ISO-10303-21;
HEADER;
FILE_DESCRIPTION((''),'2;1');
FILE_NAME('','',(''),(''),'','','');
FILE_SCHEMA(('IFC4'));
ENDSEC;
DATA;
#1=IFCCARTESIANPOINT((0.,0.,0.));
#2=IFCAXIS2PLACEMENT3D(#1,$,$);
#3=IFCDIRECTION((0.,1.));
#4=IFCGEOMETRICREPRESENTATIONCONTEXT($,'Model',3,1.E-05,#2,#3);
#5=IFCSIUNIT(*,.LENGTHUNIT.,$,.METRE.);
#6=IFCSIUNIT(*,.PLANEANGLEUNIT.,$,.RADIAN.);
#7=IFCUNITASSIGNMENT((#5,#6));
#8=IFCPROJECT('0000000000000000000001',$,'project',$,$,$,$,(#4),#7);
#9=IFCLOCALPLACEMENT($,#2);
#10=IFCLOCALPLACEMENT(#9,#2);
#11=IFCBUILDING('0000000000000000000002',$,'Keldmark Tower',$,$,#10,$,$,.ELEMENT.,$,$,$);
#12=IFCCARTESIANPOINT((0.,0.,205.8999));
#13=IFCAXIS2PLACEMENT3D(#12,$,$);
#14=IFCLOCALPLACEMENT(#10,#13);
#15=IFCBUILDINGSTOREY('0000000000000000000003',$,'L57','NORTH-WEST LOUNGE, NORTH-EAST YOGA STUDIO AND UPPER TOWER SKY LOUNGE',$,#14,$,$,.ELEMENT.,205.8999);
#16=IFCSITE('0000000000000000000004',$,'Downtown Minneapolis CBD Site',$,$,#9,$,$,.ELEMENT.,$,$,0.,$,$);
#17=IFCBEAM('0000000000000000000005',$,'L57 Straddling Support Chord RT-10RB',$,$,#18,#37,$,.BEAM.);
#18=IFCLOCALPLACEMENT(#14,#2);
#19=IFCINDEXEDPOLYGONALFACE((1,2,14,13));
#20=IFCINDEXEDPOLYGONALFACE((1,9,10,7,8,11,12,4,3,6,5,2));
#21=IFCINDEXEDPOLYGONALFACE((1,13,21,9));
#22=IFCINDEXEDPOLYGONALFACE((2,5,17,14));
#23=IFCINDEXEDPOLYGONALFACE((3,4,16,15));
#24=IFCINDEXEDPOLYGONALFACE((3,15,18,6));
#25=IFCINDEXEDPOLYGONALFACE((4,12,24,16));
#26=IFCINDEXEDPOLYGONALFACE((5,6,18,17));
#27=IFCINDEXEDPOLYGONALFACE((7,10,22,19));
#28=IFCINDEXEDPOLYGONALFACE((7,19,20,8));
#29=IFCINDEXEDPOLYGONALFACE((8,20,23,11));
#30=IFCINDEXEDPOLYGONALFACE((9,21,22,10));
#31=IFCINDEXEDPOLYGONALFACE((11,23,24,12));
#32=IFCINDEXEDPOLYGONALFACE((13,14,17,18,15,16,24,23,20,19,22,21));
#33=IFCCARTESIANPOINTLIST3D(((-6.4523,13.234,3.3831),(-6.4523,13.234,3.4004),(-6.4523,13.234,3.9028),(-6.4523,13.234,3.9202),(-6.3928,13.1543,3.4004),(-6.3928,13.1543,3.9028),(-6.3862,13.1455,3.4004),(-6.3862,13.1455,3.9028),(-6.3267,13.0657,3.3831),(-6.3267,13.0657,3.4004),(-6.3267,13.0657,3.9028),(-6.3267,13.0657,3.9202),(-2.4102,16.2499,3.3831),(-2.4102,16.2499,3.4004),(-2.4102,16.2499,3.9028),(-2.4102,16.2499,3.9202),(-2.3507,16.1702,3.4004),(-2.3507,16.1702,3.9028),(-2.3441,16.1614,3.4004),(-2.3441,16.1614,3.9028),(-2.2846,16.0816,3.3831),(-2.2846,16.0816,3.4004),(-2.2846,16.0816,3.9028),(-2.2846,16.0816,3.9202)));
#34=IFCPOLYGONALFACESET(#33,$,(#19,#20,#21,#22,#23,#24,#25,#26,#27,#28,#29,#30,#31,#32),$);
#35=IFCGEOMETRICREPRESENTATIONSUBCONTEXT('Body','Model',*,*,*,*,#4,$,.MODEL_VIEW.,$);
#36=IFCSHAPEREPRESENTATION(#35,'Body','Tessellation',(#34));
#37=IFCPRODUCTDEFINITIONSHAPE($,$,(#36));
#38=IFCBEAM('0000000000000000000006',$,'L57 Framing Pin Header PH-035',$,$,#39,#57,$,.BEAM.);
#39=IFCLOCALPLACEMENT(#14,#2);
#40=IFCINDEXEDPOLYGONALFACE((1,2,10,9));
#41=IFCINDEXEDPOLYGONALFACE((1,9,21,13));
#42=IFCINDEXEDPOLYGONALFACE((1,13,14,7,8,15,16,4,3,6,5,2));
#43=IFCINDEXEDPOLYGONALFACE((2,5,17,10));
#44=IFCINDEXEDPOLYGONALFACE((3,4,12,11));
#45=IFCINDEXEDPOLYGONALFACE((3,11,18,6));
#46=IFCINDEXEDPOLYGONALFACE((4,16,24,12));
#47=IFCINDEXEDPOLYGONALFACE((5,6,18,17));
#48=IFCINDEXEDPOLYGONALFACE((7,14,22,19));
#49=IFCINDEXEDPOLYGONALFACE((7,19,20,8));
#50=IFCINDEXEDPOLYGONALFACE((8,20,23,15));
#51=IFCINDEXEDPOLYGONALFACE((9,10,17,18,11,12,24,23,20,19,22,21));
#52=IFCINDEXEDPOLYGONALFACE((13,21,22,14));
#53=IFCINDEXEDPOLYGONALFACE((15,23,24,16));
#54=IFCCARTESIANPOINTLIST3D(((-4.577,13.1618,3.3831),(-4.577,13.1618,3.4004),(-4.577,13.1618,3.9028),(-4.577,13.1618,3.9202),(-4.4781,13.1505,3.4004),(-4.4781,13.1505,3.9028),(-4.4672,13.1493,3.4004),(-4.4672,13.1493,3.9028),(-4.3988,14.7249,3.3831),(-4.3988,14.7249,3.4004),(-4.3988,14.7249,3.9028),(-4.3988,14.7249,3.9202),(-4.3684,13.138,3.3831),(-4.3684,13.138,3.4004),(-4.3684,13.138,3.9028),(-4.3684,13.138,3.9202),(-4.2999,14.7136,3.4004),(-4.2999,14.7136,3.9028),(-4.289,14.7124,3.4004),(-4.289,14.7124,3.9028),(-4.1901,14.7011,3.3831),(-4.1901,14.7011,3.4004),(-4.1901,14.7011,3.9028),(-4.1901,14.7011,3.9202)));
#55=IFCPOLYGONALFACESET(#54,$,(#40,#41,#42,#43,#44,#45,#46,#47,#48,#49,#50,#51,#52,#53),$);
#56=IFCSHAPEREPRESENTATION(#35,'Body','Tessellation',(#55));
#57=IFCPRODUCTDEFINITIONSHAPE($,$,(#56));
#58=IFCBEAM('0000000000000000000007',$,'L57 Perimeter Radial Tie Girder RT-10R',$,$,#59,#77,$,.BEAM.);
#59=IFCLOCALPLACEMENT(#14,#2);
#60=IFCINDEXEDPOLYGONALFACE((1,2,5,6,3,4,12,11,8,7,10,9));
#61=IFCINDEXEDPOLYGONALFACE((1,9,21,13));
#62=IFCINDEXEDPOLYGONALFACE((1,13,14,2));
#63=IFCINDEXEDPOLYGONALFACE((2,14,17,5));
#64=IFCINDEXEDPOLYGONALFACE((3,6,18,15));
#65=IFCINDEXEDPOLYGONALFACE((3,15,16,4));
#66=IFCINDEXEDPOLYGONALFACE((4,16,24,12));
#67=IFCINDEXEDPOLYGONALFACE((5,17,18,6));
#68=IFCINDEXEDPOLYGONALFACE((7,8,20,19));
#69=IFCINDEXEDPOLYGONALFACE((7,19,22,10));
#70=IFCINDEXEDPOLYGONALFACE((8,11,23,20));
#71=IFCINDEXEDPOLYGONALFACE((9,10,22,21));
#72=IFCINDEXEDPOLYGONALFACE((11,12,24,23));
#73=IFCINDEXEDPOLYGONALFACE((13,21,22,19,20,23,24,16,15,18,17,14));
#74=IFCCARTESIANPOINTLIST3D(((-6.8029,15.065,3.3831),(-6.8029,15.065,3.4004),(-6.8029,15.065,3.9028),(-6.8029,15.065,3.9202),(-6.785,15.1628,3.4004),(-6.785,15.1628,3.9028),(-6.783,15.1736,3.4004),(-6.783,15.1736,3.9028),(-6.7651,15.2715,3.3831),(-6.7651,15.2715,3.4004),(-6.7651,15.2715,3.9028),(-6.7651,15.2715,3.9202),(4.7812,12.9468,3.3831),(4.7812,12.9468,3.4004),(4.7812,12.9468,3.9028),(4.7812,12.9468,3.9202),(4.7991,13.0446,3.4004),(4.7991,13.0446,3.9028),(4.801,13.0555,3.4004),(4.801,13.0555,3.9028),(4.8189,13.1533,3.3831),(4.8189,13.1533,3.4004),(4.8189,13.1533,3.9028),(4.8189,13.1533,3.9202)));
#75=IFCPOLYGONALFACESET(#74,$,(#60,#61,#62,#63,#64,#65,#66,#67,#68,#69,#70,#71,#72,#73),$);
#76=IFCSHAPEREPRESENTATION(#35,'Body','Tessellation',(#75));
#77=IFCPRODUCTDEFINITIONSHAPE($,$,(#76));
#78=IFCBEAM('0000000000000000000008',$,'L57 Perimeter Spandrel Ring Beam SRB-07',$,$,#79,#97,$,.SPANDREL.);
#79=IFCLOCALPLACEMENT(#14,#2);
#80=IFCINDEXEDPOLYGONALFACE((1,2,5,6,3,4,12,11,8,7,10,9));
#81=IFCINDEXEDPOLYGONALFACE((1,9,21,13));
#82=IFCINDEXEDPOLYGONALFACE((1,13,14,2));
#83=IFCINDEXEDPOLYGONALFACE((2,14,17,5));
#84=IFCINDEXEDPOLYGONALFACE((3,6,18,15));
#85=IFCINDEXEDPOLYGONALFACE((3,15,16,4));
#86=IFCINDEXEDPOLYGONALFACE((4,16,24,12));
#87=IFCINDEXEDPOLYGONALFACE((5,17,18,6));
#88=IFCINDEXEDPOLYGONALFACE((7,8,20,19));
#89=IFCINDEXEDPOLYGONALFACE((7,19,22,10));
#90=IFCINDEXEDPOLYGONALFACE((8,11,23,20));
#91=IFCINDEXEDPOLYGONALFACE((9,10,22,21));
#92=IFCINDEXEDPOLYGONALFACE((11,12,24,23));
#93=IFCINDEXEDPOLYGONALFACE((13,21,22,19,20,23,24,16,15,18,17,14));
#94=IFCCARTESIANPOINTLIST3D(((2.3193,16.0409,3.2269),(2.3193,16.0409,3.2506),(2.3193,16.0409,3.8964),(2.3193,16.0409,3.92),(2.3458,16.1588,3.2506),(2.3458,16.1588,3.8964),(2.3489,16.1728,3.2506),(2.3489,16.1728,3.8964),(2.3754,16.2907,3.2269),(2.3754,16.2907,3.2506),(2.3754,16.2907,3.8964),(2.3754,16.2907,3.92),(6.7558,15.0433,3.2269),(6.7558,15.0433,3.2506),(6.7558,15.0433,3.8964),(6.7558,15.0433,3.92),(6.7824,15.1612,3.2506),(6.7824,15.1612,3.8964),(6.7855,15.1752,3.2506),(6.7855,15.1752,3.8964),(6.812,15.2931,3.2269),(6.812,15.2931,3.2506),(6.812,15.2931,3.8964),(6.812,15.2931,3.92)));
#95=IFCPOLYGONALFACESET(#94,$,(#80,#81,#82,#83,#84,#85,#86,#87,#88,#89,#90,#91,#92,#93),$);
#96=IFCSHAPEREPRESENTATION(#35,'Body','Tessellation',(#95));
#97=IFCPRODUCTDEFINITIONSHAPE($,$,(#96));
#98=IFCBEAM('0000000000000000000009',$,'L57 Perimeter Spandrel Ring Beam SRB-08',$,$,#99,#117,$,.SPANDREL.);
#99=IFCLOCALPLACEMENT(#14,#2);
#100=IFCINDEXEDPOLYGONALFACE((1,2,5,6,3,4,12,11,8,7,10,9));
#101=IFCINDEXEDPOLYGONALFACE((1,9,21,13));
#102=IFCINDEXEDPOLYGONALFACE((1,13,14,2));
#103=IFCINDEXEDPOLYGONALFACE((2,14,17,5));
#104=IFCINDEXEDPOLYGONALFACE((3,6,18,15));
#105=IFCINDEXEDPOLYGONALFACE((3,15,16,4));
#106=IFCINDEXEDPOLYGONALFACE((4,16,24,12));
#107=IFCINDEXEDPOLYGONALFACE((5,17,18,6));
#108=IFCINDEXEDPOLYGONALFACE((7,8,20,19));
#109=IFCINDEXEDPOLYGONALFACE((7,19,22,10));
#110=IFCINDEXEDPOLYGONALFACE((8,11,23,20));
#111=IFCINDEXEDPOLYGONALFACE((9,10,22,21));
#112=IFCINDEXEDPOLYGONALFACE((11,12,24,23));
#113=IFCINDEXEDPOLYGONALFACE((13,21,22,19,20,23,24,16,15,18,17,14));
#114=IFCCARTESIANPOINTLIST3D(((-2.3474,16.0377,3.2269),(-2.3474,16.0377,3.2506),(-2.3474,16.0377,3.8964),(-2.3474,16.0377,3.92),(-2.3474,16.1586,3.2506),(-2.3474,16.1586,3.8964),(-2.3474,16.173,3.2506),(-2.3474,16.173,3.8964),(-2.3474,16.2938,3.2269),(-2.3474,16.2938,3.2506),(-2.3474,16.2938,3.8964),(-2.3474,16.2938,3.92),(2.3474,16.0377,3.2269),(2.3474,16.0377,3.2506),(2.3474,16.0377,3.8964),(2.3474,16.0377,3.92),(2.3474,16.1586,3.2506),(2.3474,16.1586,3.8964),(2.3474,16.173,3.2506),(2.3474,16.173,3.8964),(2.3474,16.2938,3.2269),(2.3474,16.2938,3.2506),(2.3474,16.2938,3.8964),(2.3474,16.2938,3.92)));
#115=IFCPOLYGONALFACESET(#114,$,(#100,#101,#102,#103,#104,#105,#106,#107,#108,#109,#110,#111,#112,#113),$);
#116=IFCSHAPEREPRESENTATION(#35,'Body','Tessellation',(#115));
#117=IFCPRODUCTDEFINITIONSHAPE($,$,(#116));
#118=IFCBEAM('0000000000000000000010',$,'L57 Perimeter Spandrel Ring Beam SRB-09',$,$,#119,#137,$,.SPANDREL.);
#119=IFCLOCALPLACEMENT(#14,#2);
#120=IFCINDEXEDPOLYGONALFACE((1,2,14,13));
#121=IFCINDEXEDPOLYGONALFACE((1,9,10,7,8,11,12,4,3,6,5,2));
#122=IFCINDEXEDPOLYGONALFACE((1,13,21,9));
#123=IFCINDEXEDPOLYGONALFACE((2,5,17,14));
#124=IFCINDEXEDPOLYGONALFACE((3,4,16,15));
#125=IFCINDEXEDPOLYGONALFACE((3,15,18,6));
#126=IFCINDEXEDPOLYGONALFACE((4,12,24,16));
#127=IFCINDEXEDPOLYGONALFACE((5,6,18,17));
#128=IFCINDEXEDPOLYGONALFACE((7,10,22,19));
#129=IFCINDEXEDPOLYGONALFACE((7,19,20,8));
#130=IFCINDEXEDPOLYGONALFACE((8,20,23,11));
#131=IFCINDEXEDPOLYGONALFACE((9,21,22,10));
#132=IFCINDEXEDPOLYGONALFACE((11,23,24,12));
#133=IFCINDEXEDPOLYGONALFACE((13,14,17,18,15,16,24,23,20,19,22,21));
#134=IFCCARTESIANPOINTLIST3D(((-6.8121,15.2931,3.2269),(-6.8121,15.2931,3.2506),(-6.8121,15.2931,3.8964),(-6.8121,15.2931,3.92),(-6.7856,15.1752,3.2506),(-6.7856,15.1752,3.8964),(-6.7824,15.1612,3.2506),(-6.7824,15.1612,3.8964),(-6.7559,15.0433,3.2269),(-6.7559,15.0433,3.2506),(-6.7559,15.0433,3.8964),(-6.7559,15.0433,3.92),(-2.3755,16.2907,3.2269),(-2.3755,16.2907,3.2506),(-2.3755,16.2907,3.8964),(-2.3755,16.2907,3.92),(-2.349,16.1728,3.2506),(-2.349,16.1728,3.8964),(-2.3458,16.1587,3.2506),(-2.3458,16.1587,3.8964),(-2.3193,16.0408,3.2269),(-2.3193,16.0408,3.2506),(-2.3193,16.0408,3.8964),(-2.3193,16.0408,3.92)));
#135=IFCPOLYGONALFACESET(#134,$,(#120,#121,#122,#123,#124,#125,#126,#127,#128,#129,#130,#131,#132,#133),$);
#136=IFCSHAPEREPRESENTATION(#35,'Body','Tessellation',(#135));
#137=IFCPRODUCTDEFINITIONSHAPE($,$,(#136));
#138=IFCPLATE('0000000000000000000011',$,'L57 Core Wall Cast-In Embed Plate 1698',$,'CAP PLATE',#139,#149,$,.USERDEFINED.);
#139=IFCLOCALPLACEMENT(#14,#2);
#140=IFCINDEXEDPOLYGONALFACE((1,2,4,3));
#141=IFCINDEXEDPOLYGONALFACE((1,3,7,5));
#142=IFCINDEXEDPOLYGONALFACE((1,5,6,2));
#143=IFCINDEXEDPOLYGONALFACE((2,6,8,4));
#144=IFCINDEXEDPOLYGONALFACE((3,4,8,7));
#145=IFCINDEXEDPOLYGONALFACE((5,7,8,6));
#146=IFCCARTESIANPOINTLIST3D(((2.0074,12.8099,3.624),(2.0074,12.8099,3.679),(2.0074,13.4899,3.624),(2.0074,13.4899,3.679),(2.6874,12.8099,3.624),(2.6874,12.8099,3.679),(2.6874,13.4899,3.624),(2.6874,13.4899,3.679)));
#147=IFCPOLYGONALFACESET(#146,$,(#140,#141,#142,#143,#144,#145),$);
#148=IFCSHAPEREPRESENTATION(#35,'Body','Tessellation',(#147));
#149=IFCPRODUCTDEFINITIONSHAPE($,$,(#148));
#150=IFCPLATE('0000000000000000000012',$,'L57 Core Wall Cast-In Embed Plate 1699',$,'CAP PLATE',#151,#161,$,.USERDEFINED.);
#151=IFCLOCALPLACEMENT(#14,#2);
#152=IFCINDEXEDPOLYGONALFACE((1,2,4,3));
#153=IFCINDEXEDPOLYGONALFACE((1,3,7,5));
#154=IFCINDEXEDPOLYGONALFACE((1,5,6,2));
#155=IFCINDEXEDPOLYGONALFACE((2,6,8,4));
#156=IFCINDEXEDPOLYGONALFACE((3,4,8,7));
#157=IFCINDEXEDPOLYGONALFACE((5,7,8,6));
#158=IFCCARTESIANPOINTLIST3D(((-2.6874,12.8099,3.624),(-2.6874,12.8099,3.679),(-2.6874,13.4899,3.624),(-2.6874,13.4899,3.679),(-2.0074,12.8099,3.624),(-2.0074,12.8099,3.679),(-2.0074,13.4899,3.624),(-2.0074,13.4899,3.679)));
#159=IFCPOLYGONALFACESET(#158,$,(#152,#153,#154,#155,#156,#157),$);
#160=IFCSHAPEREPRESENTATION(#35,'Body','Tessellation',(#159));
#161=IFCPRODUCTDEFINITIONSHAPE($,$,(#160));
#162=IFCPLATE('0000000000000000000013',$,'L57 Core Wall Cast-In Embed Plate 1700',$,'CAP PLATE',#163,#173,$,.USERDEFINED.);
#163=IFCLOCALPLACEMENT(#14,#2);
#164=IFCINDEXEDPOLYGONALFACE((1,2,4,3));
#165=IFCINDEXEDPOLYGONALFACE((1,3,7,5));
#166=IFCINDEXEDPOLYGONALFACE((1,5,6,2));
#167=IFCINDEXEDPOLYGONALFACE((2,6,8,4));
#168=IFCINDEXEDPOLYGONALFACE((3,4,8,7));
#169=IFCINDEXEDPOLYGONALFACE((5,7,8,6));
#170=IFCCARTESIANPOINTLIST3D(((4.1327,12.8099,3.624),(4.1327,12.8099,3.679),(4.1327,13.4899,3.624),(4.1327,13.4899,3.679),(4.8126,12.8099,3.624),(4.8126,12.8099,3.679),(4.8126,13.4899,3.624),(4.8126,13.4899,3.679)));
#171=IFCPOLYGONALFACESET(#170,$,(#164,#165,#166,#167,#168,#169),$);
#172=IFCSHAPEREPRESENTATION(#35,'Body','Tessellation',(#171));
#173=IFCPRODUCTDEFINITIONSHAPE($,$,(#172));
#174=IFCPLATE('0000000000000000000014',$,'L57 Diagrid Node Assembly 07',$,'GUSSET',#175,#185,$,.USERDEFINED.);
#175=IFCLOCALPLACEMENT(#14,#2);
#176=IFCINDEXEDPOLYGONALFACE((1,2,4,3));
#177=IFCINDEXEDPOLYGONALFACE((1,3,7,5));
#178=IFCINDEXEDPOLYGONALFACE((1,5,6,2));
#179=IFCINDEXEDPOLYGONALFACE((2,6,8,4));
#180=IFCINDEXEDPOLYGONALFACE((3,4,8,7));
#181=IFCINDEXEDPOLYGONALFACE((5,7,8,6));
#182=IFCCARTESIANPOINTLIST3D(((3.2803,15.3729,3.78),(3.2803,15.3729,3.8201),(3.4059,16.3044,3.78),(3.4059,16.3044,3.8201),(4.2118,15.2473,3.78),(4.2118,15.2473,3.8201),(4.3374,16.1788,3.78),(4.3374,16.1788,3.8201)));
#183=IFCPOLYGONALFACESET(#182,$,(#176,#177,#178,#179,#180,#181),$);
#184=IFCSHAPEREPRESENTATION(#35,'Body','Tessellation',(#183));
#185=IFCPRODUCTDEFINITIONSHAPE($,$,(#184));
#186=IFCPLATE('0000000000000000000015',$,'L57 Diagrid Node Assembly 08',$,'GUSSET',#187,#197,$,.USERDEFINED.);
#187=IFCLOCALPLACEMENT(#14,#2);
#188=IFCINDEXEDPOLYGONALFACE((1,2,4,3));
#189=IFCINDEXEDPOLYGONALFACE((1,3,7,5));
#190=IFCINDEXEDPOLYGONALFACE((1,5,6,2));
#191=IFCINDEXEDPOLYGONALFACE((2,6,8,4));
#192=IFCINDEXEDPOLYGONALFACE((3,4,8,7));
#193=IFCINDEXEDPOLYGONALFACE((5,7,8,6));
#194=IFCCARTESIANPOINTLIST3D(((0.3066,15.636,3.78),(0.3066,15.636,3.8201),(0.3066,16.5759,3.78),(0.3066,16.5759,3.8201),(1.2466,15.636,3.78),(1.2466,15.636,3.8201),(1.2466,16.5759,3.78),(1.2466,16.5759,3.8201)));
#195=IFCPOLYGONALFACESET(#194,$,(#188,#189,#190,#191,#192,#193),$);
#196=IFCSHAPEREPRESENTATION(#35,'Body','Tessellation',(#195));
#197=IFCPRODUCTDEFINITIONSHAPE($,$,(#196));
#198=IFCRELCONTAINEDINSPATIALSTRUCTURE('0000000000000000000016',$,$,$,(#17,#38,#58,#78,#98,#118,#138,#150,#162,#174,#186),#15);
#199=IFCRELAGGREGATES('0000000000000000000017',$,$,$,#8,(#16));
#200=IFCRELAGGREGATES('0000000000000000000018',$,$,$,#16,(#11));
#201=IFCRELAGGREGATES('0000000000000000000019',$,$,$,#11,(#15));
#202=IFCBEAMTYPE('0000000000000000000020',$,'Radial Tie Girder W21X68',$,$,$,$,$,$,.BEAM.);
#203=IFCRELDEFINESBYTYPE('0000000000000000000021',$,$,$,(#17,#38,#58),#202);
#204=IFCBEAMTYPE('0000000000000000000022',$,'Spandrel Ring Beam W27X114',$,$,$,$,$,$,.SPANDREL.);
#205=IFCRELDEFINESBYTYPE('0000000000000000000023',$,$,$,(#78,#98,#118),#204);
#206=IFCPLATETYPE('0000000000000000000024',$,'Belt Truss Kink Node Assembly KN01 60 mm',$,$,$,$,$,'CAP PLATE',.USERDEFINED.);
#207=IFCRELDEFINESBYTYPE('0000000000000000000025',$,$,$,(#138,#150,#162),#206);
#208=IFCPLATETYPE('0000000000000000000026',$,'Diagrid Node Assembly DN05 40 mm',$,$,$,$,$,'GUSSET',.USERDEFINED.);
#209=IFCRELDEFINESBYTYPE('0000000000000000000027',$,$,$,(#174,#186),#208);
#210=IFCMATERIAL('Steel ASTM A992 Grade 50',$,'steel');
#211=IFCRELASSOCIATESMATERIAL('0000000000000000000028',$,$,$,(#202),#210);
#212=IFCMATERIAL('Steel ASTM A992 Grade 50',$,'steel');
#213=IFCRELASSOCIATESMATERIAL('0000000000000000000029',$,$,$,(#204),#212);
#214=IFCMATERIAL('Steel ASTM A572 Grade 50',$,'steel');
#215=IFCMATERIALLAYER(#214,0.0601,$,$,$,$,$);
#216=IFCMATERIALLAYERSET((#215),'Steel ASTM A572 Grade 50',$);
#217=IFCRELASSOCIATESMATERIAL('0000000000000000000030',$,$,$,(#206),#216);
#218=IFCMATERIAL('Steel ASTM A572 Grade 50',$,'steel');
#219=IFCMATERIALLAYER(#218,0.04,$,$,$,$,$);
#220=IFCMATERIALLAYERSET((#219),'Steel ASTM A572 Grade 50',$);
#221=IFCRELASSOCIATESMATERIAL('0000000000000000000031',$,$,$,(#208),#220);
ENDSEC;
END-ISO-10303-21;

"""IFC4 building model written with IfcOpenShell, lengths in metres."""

from ifc_helpers import new_model, si_unit, direction, frame, origin, origin_2d, place, context, subcontext, project, spatial, rectangle, i_section, extrude, material, layer, layer_set, material_profile, profile_set, type_object, element, save


model = new_model("IFC4")

# Units and contexts
model_context = context("Model", 3, precision=1e-05, world=origin(), true_north=direction((0.0, 1.0)))
body_context = subcontext(model_context, "Body", "Model", "MODEL_VIEW")
ifc_project = project(units=[si_unit("LENGTHUNIT", "METRE"), si_unit("PLANEANGLEUNIT", "RADIAN")], contexts=[model_context])

# Site, building, storey
site_placement = place(None, origin())
site = spatial("IfcSite", under=ifc_project, at=site_placement, Name="Downtown Minneapolis CBD Site", CompositionType="ELEMENT", RefElevation=0.0)
building_placement = place(site_placement, origin())
building = spatial("IfcBuilding", under=site, at=building_placement, Name="Keldmark Tower", CompositionType="ELEMENT")
storey_placement = place(building_placement, frame((0.0, 0.0, 205.8999)))
storey = spatial("IfcBuildingStorey", under=building, at=storey_placement, Name="L57", Description="NORTH-WEST LOUNGE, NORTH-EAST YOGA STUDIO AND UPPER TOWER SKY LOUNGE", CompositionType="ELEMENT", Elevation=205.8999)

# Beams
ifc_material_1 = material(Name="Steel ASTM A992 Grade 50", Category="steel")
ifc_material_profile_1 = material_profile(ifc_material_1, i_section(OverallWidth=0.21, OverallDepth=0.5371, WebThickness=0.011, FlangeThickness=0.0173, at=origin_2d()), Name="W21X68")
ifc_profile_set_1 = profile_set([ifc_material_profile_1], Name="Steel ASTM A992 Grade 50")
beam_type_1 = type_object("IfcBeamType", Name="Radial Tie Girder W21X68", PredefinedType="BEAM", material=ifc_profile_set_1)
beam_1_placement = place(storey_placement, frame((-2.3474, 16.1658, 3.6516), z_axis=(-0.801485, -0.598015, 0.0), x_axis=(0.598015, -0.801485, 0.0)))
element("IfcBeam", 1, at=beam_1_placement, inside=storey, type_object=beam_type_1, Name="L57 Straddling Support Chord RT-10RB", PredefinedType="BEAM", context=body_context, shape_type="SweptSolid", body=[
    extrude(i_section(OverallWidth=0.21, OverallDepth=0.5371, WebThickness=0.011, FlangeThickness=0.0173, at=origin_2d()), origin(), (0.0, 0.0, 1.0), 5.0432),
])
beam_2_placement = place(storey_placement, frame((-4.4727, 13.1499, 3.6516), z_axis=(0.113275, 0.993564, 0.0), x_axis=(-0.993564, 0.113275, 0.0)))
element("IfcBeam", 2, at=beam_2_placement, inside=storey, type_object=beam_type_1, Name="L57 Framing Pin Header PH-035", PredefinedType="BEAM", context=body_context, shape_type="SweptSolid", body=[
    extrude(i_section(OverallWidth=0.21, OverallDepth=0.5371, WebThickness=0.011, FlangeThickness=0.0173, at=origin_2d()), origin(), (0.0, 0.0, 1.0), 1.5732),
])
beam_3_placement = place(storey_placement, frame((4.8, 13.05, 3.6516), z_axis=(-0.98369, 0.179871, 0.0), x_axis=(-0.179871, -0.98369, 0.0)))
element("IfcBeam", 3, at=beam_3_placement, inside=storey, type_object=beam_type_1, Name="L57 Perimeter Radial Tie Girder RT-10R", PredefinedType="BEAM", context=body_context, shape_type="SweptSolid", body=[
    extrude(i_section(OverallWidth=0.21, OverallDepth=0.5371, WebThickness=0.011, FlangeThickness=0.0173, at=origin_2d()), origin(), (0.0, 0.0, 1.0), 11.7761),
])
ifc_material_2 = material(Name="Steel ASTM A992 Grade 50", Category="steel")
ifc_material_profile_2 = material_profile(ifc_material_2, i_section(OverallWidth=0.2561, OverallDepth=0.6931, WebThickness=0.0144, FlangeThickness=0.0237, at=origin_2d()), Name="W27X114")
ifc_profile_set_2 = profile_set([ifc_material_profile_2], Name="Steel ASTM A992 Grade 50")
beam_type_2 = type_object("IfcBeamType", Name="Spandrel Ring Beam W27X114", PredefinedType="SPANDREL", material=ifc_profile_set_2)
beam_4_placement = place(storey_placement, frame((6.7839, 15.1682, 3.5735), z_axis=(-0.975641, 0.219374, 0.0), x_axis=(-0.219374, -0.975641, 0.0)))
element("IfcBeam", 4, at=beam_4_placement, inside=storey, type_object=beam_type_2, Name="L57 Perimeter Spandrel Ring Beam SRB-07", PredefinedType="SPANDREL", context=body_context, shape_type="SweptSolid", body=[
    extrude(i_section(OverallWidth=0.2561, OverallDepth=0.6931, WebThickness=0.0144, FlangeThickness=0.0237, at=origin_2d()), origin(), (0.0, 0.0, 1.0), 4.5474),
])
beam_5_placement = place(storey_placement, frame((2.3474, 16.1658, 3.5735), z_axis=(-1.0, 0.0, 0.0), x_axis=(0.0, -1.0, 0.0)))
element("IfcBeam", 5, at=beam_5_placement, inside=storey, type_object=beam_type_2, Name="L57 Perimeter Spandrel Ring Beam SRB-08", PredefinedType="SPANDREL", context=body_context, shape_type="SweptSolid", body=[
    extrude(i_section(OverallWidth=0.2561, OverallDepth=0.6931, WebThickness=0.0144, FlangeThickness=0.0237, at=origin_2d()), origin(), (0.0, 0.0, 1.0), 4.6948),
])
beam_6_placement = place(storey_placement, frame((-2.3474, 16.1658, 3.5735), z_axis=(-0.975641, -0.219374, 0.0), x_axis=(0.219374, -0.975641, 0.0)))
element("IfcBeam", 6, at=beam_6_placement, inside=storey, type_object=beam_type_2, Name="L57 Perimeter Spandrel Ring Beam SRB-09", PredefinedType="SPANDREL", context=body_context, shape_type="SweptSolid", body=[
    extrude(i_section(OverallWidth=0.2561, OverallDepth=0.6931, WebThickness=0.0144, FlangeThickness=0.0237, at=origin_2d()), origin(), (0.0, 0.0, 1.0), 4.5474),
])

# Plates
ifc_material_3 = material(Name="Steel ASTM A572 Grade 50", Category="steel")
ifc_layer_1 = layer(ifc_material_3, 0.0601)
ifc_layer_set_1 = layer_set([ifc_layer_1], Name="Steel ASTM A572 Grade 50")
plate_type_1 = type_object("IfcPlateType", Name="Belt Truss Kink Node Assembly KN01 60 mm", ElementType="CAP PLATE", PredefinedType="USERDEFINED", material=ifc_layer_set_1)
for number, where, z_axis, x_axis, name in (
    (7, (2.3474, 13.1499, 3.624), (0.0, 0.0, 1.0), (1.0, 0.0, 0.0), "L57 Core Wall Cast-In Embed Plate 1698"),
    (8, (-2.3474, 13.1499, 3.624), (0.0, 0.0, 1.0), (1.0, 0.0, 0.0), "L57 Core Wall Cast-In Embed Plate 1699"),
    (9, (4.4727, 13.1499, 3.624), (0.0, 0.0, 1.0), (1.0, 0.0, 0.0), "L57 Core Wall Cast-In Embed Plate 1700"),
):
    element("IfcPlate", number, at=place(storey_placement, frame(where, z_axis=z_axis, x_axis=x_axis)), inside=storey, type_object=plate_type_1, Name=name, ObjectType="CAP PLATE", PredefinedType="USERDEFINED", context=body_context, shape_type="SweptSolid", body=[
        extrude(rectangle(XDim=0.6799, YDim=0.6799, at=origin_2d()), origin(), (0.0, 0.0, 1.0), 0.0549),
    ])
ifc_material_4 = material(Name="Steel ASTM A572 Grade 50", Category="steel")
ifc_layer_2 = layer(ifc_material_4, 0.04)
ifc_layer_set_2 = layer_set([ifc_layer_2], Name="Steel ASTM A572 Grade 50")
plate_type_2 = type_object("IfcPlateType", Name="Diagrid Node Assembly DN05 40 mm", ElementType="GUSSET", PredefinedType="USERDEFINED", material=ifc_layer_set_2)
for number, where, z_axis, x_axis, name in (
    (10, (3.8088, 15.7759, 3.78), (0.0, 0.0, 1.0), (-0.99103, 0.13364, 0.0), "L57 Diagrid Node Assembly 07"),
    (11, (0.7766, 16.106, 3.78), (0.0, 0.0, 1.0), (-1.0, 0.0, 0.0), "L57 Diagrid Node Assembly 08"),
):
    element("IfcPlate", number, at=place(storey_placement, frame(where, z_axis=z_axis, x_axis=x_axis)), inside=storey, type_object=plate_type_2, Name=name, ObjectType="GUSSET", PredefinedType="USERDEFINED", context=body_context, shape_type="SweptSolid", body=[
        extrude(rectangle(XDim=0.9399, YDim=0.9399, at=origin_2d()), origin(), (0.0, 0.0, 1.0), 0.04),
    ])

save(model, "model.ifc")
